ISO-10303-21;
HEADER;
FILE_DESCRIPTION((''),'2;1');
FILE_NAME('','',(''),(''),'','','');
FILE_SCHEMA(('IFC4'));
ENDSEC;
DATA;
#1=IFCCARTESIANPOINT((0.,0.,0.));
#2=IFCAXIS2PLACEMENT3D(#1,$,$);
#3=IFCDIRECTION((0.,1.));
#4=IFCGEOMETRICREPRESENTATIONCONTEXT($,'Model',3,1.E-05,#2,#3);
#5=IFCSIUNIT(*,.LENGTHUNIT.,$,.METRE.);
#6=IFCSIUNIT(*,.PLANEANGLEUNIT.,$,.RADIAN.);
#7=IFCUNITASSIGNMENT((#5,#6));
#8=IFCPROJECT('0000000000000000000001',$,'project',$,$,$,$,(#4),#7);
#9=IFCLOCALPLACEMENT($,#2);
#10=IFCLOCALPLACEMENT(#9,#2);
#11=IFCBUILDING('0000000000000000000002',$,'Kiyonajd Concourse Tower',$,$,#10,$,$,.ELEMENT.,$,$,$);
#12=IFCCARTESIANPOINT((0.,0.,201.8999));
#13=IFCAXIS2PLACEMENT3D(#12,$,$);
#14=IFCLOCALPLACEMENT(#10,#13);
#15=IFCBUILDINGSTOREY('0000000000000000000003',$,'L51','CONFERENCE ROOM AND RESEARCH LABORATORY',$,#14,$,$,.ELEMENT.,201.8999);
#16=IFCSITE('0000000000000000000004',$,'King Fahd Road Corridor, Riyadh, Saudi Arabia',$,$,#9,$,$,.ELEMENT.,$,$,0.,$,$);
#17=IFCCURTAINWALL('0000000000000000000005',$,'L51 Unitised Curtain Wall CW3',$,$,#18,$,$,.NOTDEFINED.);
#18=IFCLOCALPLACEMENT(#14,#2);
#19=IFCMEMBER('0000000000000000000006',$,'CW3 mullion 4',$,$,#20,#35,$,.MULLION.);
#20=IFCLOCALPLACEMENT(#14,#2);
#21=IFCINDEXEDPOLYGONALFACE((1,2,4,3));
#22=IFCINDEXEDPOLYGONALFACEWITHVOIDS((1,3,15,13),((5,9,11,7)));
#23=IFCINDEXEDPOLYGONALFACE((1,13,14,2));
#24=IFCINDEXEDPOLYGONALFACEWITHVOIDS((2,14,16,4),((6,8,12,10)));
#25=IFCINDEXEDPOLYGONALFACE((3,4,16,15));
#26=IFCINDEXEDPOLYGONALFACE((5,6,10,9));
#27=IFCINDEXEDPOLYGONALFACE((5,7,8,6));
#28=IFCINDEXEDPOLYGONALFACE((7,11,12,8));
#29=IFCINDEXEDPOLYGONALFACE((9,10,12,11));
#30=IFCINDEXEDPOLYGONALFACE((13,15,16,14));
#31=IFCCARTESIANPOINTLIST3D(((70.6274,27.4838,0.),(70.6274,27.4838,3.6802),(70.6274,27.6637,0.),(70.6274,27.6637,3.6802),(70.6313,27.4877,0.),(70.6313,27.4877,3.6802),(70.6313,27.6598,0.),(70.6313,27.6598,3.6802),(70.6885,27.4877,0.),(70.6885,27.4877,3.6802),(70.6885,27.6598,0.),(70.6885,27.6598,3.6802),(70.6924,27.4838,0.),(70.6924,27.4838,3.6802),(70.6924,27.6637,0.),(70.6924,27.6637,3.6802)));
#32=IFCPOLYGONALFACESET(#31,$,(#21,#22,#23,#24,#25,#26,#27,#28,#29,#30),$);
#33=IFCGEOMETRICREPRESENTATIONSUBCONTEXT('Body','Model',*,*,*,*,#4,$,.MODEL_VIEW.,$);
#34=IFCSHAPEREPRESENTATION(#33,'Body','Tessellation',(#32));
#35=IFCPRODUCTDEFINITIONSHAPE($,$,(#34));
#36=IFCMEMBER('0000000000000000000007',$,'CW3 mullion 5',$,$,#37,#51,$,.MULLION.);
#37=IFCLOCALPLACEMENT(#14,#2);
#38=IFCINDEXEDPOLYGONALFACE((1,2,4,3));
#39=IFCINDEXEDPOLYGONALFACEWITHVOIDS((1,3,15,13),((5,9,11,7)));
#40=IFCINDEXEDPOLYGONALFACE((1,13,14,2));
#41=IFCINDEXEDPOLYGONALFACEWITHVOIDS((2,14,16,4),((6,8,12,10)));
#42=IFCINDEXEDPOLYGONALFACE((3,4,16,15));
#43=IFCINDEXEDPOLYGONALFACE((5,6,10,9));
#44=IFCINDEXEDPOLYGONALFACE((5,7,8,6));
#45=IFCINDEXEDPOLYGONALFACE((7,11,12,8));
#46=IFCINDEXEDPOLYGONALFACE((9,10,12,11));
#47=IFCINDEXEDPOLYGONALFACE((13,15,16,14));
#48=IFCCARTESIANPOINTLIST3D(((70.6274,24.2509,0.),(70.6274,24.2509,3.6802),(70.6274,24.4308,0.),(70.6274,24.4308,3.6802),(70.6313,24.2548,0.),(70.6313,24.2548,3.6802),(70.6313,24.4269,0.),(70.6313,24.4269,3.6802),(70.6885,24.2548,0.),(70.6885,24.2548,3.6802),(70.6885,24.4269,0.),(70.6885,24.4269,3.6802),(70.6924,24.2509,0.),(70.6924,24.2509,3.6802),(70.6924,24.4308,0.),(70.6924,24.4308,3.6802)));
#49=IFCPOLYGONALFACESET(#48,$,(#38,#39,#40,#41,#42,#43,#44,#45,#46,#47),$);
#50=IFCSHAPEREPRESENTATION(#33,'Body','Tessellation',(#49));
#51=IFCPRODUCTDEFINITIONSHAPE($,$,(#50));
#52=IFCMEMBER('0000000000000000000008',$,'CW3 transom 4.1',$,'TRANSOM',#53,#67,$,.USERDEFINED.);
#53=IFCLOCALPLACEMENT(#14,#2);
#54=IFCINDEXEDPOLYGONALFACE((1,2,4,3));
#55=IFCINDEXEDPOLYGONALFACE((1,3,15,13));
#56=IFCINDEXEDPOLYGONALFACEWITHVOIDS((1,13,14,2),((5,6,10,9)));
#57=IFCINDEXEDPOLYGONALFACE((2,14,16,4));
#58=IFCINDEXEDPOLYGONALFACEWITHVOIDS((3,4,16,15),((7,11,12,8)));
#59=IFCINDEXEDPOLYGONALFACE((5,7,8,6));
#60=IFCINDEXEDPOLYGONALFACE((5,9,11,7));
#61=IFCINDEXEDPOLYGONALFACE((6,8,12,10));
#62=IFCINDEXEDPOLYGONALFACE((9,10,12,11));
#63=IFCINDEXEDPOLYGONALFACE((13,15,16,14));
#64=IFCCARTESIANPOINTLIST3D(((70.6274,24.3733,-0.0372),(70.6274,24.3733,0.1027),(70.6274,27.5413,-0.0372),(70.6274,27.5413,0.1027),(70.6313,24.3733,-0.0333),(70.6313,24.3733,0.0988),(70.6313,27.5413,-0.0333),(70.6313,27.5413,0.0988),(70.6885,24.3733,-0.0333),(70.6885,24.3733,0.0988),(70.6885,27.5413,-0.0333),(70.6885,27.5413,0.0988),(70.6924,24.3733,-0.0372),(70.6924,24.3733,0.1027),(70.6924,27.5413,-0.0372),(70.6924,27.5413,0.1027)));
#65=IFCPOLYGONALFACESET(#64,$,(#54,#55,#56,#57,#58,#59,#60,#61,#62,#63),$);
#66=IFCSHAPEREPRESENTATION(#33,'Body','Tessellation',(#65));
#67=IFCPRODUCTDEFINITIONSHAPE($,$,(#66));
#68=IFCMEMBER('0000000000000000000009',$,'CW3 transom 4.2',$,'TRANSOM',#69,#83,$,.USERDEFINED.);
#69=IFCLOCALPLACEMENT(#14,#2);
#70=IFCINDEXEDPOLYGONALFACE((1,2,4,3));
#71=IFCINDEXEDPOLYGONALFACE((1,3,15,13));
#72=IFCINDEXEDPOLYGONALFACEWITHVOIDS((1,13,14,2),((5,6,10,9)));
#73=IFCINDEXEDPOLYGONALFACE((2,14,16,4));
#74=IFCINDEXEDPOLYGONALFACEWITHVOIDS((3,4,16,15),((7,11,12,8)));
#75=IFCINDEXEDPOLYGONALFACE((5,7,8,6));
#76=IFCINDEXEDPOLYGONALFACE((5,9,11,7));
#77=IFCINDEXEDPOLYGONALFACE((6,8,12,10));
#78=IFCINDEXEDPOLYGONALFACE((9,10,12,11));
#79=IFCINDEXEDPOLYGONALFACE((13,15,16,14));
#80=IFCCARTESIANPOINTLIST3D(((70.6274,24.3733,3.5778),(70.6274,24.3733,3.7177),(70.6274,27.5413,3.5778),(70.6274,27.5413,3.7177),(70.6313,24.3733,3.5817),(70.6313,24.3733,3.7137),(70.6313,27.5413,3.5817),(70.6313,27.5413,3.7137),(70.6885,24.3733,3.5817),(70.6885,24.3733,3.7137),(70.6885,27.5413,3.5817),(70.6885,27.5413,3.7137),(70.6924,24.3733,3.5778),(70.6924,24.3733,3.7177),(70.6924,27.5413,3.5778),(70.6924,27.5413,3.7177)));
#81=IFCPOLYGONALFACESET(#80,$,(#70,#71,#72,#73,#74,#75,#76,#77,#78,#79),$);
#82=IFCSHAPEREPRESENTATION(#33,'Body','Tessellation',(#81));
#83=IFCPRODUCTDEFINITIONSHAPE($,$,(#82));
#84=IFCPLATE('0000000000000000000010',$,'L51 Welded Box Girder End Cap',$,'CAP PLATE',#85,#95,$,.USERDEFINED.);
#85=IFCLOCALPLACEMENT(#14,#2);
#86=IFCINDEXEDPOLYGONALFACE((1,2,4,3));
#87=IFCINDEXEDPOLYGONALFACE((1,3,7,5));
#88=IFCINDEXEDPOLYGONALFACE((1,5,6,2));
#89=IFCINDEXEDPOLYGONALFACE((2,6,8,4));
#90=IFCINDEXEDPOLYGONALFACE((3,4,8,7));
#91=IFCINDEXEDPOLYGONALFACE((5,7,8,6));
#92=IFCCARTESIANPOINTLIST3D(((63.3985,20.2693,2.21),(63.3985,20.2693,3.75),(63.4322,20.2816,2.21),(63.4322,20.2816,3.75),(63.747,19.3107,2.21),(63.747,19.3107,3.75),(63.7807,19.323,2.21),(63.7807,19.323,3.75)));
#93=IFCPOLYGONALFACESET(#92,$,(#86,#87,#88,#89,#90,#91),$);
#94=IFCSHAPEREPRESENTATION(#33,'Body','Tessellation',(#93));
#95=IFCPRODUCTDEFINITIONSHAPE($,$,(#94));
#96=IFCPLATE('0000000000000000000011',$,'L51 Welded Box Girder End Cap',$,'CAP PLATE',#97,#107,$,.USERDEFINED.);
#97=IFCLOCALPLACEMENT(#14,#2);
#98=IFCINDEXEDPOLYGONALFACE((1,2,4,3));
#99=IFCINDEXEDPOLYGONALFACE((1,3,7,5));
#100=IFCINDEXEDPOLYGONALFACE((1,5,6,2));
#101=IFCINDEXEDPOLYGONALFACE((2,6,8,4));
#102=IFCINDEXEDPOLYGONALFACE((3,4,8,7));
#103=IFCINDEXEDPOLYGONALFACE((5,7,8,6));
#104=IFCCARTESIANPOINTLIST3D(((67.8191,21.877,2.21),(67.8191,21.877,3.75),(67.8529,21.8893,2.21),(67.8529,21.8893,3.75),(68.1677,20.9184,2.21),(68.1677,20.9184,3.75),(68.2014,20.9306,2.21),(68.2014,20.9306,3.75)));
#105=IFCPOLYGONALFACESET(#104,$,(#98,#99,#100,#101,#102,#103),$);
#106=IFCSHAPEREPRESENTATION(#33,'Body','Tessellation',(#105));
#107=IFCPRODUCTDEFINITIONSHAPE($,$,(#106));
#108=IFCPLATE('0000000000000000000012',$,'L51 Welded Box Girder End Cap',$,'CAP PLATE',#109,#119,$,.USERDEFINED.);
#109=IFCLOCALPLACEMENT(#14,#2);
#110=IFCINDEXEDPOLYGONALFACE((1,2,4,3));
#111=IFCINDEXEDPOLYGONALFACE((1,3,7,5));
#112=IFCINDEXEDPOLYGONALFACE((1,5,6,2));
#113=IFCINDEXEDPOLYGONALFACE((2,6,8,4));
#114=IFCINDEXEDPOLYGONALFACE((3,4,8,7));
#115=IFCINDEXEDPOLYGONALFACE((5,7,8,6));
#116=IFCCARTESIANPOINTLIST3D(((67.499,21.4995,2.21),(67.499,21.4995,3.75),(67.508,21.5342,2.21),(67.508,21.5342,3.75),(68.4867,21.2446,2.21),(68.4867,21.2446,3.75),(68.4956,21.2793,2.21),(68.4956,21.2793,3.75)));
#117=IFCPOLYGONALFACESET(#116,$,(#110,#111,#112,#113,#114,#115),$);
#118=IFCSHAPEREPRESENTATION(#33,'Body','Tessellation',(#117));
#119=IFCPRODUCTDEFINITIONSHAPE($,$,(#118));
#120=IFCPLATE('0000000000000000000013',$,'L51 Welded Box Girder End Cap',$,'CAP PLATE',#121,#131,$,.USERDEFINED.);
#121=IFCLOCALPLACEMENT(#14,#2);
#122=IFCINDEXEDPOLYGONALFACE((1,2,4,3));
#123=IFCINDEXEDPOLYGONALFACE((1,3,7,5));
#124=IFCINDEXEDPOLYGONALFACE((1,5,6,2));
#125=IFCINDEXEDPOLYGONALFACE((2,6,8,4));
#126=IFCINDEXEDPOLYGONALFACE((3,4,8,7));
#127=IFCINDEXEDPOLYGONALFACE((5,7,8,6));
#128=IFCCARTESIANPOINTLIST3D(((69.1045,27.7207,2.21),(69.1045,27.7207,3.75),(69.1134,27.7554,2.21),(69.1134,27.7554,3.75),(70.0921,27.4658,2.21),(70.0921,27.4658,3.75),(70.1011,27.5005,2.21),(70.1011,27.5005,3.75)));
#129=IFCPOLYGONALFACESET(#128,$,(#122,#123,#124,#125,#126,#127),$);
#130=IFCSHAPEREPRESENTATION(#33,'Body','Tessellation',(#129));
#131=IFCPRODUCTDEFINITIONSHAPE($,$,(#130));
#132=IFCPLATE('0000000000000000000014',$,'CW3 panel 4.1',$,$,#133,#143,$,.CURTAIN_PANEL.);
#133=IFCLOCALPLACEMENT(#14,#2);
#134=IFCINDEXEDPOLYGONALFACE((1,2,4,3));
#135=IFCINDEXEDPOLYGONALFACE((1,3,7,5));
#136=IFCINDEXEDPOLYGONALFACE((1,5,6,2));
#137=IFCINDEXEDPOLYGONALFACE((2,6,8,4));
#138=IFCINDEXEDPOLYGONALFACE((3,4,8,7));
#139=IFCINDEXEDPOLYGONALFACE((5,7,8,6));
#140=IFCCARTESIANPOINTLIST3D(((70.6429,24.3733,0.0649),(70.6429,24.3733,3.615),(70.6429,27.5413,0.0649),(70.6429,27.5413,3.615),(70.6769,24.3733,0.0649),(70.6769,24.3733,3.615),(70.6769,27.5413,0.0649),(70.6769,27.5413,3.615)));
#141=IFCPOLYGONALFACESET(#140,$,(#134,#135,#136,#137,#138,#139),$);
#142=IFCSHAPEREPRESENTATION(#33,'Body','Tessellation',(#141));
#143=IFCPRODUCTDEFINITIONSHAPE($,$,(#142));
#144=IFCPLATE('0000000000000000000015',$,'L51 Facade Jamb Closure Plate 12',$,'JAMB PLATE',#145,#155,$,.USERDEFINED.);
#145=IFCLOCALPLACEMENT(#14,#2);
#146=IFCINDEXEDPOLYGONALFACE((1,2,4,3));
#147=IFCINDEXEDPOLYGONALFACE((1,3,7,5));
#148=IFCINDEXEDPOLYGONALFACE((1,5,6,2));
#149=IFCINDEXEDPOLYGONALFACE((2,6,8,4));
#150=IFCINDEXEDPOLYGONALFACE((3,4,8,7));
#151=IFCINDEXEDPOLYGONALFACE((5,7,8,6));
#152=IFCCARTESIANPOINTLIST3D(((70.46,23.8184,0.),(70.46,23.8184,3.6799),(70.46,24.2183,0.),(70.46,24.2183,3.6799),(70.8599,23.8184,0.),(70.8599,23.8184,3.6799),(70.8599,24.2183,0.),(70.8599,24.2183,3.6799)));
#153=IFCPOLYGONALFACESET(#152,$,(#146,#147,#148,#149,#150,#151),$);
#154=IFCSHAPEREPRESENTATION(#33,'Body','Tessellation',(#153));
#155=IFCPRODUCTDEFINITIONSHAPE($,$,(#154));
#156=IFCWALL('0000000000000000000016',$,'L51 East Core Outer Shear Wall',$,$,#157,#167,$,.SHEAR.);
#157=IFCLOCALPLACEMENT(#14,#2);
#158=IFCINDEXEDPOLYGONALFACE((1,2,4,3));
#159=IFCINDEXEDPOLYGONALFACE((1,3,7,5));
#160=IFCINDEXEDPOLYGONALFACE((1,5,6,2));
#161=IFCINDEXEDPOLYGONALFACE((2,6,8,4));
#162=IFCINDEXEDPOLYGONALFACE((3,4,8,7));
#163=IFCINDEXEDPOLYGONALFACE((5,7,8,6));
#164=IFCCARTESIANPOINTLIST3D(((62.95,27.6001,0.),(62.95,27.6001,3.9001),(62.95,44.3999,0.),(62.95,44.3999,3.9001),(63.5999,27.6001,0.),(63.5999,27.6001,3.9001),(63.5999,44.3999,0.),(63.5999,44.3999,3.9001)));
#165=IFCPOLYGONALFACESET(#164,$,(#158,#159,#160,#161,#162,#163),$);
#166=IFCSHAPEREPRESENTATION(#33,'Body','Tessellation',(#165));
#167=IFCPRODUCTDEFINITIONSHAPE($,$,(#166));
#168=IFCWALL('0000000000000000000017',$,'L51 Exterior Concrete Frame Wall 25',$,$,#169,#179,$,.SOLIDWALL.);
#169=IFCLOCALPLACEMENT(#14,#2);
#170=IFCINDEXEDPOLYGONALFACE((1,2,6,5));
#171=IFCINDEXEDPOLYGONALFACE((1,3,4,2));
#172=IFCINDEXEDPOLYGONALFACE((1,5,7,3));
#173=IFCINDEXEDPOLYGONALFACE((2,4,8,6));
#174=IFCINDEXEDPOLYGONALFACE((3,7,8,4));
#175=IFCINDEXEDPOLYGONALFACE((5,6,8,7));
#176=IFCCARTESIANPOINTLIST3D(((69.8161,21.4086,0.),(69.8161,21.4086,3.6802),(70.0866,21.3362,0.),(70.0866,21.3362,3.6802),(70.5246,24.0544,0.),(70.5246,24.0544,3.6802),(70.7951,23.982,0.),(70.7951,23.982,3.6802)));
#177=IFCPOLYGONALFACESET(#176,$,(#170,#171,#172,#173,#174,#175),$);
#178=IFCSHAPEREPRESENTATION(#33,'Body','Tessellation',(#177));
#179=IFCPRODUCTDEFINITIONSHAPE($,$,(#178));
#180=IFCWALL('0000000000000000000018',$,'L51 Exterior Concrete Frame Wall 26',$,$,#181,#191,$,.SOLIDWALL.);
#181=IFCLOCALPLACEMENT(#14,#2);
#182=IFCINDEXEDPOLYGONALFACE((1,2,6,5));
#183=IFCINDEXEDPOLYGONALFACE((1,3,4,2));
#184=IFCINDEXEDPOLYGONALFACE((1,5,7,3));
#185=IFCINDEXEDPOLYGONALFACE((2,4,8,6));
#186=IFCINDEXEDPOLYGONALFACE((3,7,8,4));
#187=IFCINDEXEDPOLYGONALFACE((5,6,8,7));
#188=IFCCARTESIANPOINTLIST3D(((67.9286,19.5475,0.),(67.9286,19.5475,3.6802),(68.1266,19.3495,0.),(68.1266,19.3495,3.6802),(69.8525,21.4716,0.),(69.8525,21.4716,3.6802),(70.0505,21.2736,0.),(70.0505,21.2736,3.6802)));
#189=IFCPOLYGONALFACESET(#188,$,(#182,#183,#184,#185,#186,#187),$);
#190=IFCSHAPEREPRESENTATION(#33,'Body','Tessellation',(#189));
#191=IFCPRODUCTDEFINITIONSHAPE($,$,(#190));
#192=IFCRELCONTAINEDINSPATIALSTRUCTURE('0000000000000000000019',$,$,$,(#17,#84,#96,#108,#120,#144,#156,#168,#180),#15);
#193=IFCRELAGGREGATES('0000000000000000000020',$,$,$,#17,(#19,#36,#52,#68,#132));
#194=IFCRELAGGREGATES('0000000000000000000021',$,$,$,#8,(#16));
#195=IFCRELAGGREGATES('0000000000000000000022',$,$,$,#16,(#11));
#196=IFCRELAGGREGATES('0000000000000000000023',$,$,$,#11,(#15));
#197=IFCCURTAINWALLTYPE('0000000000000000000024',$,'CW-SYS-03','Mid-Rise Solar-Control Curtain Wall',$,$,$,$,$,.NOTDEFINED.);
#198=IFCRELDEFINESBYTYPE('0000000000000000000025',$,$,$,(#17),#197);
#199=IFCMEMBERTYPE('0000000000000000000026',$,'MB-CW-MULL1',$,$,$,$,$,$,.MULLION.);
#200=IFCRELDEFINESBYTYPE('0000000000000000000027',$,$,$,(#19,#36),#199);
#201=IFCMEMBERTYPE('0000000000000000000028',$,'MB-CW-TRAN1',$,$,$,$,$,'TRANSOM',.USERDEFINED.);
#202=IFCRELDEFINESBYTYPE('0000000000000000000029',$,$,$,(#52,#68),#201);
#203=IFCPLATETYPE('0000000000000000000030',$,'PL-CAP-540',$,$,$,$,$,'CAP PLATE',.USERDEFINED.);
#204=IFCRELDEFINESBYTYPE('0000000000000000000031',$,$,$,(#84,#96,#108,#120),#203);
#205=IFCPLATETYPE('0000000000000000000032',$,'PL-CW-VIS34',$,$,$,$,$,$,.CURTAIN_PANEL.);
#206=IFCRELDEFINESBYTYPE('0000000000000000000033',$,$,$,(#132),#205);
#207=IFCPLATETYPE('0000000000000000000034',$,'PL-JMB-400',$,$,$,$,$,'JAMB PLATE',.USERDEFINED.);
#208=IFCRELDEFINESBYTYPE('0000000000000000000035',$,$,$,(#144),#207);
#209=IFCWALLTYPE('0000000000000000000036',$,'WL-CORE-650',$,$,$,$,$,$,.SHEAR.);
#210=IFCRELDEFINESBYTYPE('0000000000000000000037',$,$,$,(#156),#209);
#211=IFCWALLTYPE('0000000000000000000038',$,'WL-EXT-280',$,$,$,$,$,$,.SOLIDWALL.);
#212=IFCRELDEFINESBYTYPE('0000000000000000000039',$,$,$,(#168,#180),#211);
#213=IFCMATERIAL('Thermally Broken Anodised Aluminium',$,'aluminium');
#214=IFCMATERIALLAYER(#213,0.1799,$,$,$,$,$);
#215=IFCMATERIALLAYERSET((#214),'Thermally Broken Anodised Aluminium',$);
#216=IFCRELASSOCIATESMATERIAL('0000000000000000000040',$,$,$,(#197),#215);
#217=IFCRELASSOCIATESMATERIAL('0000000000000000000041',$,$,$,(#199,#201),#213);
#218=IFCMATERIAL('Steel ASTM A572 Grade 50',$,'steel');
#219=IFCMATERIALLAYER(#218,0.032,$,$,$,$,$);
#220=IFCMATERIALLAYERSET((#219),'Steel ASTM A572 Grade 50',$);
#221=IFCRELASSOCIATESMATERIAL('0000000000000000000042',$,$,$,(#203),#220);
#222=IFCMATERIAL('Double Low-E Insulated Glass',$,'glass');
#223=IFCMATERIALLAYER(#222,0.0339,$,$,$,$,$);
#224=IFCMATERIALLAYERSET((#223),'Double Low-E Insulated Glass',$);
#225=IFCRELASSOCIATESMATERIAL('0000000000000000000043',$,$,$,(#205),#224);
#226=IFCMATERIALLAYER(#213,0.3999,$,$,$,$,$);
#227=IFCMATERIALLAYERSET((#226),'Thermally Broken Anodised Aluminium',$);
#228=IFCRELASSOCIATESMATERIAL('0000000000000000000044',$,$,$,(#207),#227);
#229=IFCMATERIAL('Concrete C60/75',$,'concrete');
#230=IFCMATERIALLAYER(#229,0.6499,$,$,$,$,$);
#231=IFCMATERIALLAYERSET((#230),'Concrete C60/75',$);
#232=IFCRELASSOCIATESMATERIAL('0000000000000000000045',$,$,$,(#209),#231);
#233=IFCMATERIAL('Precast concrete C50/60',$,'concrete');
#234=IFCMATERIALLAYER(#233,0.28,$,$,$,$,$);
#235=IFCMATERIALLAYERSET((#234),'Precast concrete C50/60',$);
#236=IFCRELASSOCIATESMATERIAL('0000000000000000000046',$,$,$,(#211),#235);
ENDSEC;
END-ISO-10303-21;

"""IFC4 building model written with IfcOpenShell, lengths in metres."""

from ifc_helpers import new_model, si_unit, direction, frame, frame_2d, origin, origin_2d, place, context, subcontext, project, spatial, rectangle, hollow_rectangle, extrude, material, layer, layer_set, material_profile, profile_set, type_object, element, aggregate, save


model = new_model("IFC4")

# Units and contexts
model_context = context("Model", 3, precision=1e-05, world=origin(), true_north=direction((0.0, 1.0)))
body_context = subcontext(model_context, "Body", "Model", "MODEL_VIEW")
ifc_project = project(units=[si_unit("LENGTHUNIT", "METRE"), si_unit("PLANEANGLEUNIT", "RADIAN")], contexts=[model_context])

# Site, building, storey
site_placement = place(None, origin())
site = spatial("IfcSite", under=ifc_project, at=site_placement, Name="King Fahd Road Corridor, Riyadh, Saudi Arabia", CompositionType="ELEMENT", RefElevation=0.0)
building_placement = place(site_placement, origin())
building = spatial("IfcBuilding", under=site, at=building_placement, Name="Kiyonajd Concourse Tower", CompositionType="ELEMENT")
storey_placement = place(building_placement, frame((0.0, 0.0, 201.8999)))
storey = spatial("IfcBuildingStorey", under=building, at=storey_placement, Name="L51", Description="CONFERENCE ROOM AND RESEARCH LABORATORY", CompositionType="ELEMENT", Elevation=201.8999)

# Shared definitions
ifc_material_1 = material(Name="Concrete C60/75", Category="concrete")

# Shared definitions
ifc_material_2 = material(Name="Steel ASTM A572 Grade 50", Category="steel")

# Curtain wall, members
ifc_material_3 = material(Name="Thermally Broken Anodised Aluminium", Category="aluminium")
ifc_layer_1 = layer(ifc_material_3, 0.1799)
ifc_layer_set_1 = layer_set([ifc_layer_1], Name="Thermally Broken Anodised Aluminium")
curtain_wall_type = type_object("IfcCurtainWallType", Name="CW-SYS-03", Description="Mid-Rise Solar-Control Curtain Wall", PredefinedType="NOTDEFINED", material=ifc_layer_set_1)
curtain_wall_placement = place(storey_placement, origin())
curtain_wall = element("IfcCurtainWall", 1, at=curtain_wall_placement, inside=storey, type_object=curtain_wall_type, Name="L51 Unitised Curtain Wall CW3", PredefinedType="NOTDEFINED")
ifc_material_profile_1 = material_profile(ifc_material_3, hollow_rectangle(XDim=0.0649, YDim=0.1799, WallThickness=0.0039, at=origin_2d()), Name="MULL-65x180")
ifc_profile_set_1 = profile_set([ifc_material_profile_1], Name="Thermally Broken Anodised Aluminium")
member_type_1 = type_object("IfcMemberType", Name="MB-CW-MULL1", PredefinedType="MULLION", material=ifc_profile_set_1)
member_1_placement = place(storey_placement, frame((70.6599, 27.5737, 0.0), z_axis=(0.0, 0.0, 1.0), x_axis=(1.0, 0.0, 0.0)))
member_1 = element("IfcMember", 2, at=member_1_placement, type_object=member_type_1, Name="CW3 mullion 4", PredefinedType="MULLION", context=body_context, shape_type="SweptSolid", body=[
    extrude(hollow_rectangle(XDim=0.0649, YDim=0.1799, WallThickness=0.0039, at=origin_2d()), origin(), (0.0, 0.0, 1.0), 3.6802),
])
member_2_placement = place(storey_placement, frame((70.6599, 24.3408, 0.0), z_axis=(0.0, 0.0, 1.0), x_axis=(1.0, 0.0, 0.0)))
member_2 = element("IfcMember", 3, at=member_2_placement, type_object=member_type_1, Name="CW3 mullion 5", PredefinedType="MULLION", context=body_context, shape_type="SweptSolid", body=[
    extrude(hollow_rectangle(XDim=0.0649, YDim=0.1799, WallThickness=0.0039, at=origin_2d()), origin(), (0.0, 0.0, 1.0), 3.6802),
])
ifc_material_profile_2 = material_profile(ifc_material_3, hollow_rectangle(XDim=0.0649, YDim=0.1399, WallThickness=0.0039, at=origin_2d()), Name="TRAN-65x140")
ifc_profile_set_2 = profile_set([ifc_material_profile_2], Name="Thermally Broken Anodised Aluminium")
member_type_2 = type_object("IfcMemberType", Name="MB-CW-TRAN1", ElementType="TRANSOM", PredefinedType="USERDEFINED", material=ifc_profile_set_2)
member_3_placement = place(storey_placement, frame((70.6599, 27.5413, 0.0327), z_axis=(0.0, -1.0, 0.0), x_axis=(1.0, 0.0, 0.0)))
member_3 = element("IfcMember", 4, at=member_3_placement, type_object=member_type_2, Name="CW3 transom 4.1", ObjectType="TRANSOM", PredefinedType="USERDEFINED", context=body_context, shape_type="SweptSolid", body=[
    extrude(hollow_rectangle(XDim=0.0649, YDim=0.1399, WallThickness=0.0039, at=origin_2d()), origin(), (0.0, 0.0, 1.0), 3.168),
])
member_4_placement = place(storey_placement, frame((70.6599, 27.5413, 3.6477), z_axis=(0.0, -1.0, 0.0), x_axis=(1.0, 0.0, 0.0)))
member_4 = element("IfcMember", 5, at=member_4_placement, type_object=member_type_2, Name="CW3 transom 4.2", ObjectType="TRANSOM", PredefinedType="USERDEFINED", context=body_context, shape_type="SweptSolid", body=[
    extrude(hollow_rectangle(XDim=0.0649, YDim=0.1399, WallThickness=0.0039, at=origin_2d()), origin(), (0.0, 0.0, 1.0), 3.168),
])

# Plates
ifc_layer_2 = layer(ifc_material_2, 0.032)
ifc_layer_set_2 = layer_set([ifc_layer_2], Name="Steel ASTM A572 Grade 50")
plate_type_1 = type_object("IfcPlateType", Name="PL-CAP-540", ElementType="CAP PLATE", PredefinedType="USERDEFINED", material=ifc_layer_set_2)
for number, where, z_axis, x_axis, name in (
    (6, (63.5896, 19.7961, 2.21), (0.0, 0.0, 1.0), (-0.939812, -0.341692, 0.0), "L51 Welded Box Girder End Cap"),
    (7, (68.0103, 21.4038, 2.21), (0.0, 0.0, 1.0), (0.939812, 0.341692, 0.0), "L51 Welded Box Girder End Cap"),
    (8, (67.9973, 21.3894, 2.21), (0.0, 0.0, 1.0), (-0.249873, -0.968279, 0.0), "L51 Welded Box Girder End Cap"),
    (9, (69.6028, 27.6106, 2.21), (0.0, 0.0, 1.0), (0.249873, 0.968279, 0.0), "L51 Welded Box Girder End Cap"),
):
    element("IfcPlate", number, at=place(storey_placement, frame(where, z_axis=z_axis, x_axis=x_axis)), inside=storey, type_object=plate_type_1, Name=name, ObjectType="CAP PLATE", PredefinedType="USERDEFINED", context=body_context, shape_type="SweptSolid", body=[
        extrude(rectangle(XDim=0.0359, YDim=1.02, at=origin_2d()), origin(), (0.0, 0.0, 1.0), 1.54),
    ])

# Plates
ifc_material_4 = material(Name="Double Low-E Insulated Glass", Category="glass")
ifc_layer_3 = layer(ifc_material_4, 0.0339)
ifc_layer_set_3 = layer_set([ifc_layer_3], Name="Double Low-E Insulated Glass")
plate_type_2 = type_object("IfcPlateType", Name="PL-CW-VIS34", PredefinedType="CURTAIN_PANEL", material=ifc_layer_set_3)
plate_1_placement = place(storey_placement, frame((70.6599, 25.9573, 0.0649), z_axis=(0.0, 0.0, 1.0), x_axis=(0.0, -1.0, 0.0)))
plate_1 = element("IfcPlate", 10, at=plate_1_placement, type_object=plate_type_2, Name="CW3 panel 4.1", PredefinedType="CURTAIN_PANEL", context=body_context, shape_type="SweptSolid", body=[
    extrude(rectangle(XDim=3.168, YDim=0.0339, at=origin_2d()), origin(), (0.0, 0.0, 1.0), 3.55),
])
aggregate(curtain_wall, [member_1, member_2, member_3, member_4, plate_1])
ifc_layer_4 = layer(ifc_material_3, 0.3999)
ifc_layer_set_4 = layer_set([ifc_layer_4], Name="Thermally Broken Anodised Aluminium")
plate_type_3 = type_object("IfcPlateType", Name="PL-JMB-400", ElementType="JAMB PLATE", PredefinedType="USERDEFINED", material=ifc_layer_set_4)
plate_2_placement = place(storey_placement, frame((70.6599, 24.0183, 0.0), z_axis=(0.0, 0.0, 1.0), x_axis=(1.0, 0.0, 0.0)))
element("IfcPlate", 11, at=plate_2_placement, inside=storey, type_object=plate_type_3, Name="L51 Facade Jamb Closure Plate 12", ObjectType="JAMB PLATE", PredefinedType="USERDEFINED", context=body_context, shape_type="SweptSolid", body=[
    extrude(rectangle(XDim=0.3999, YDim=0.3999, at=origin_2d()), origin(), (0.0, 0.0, 1.0), 3.6799),
])

# Walls
ifc_layer_5 = layer(ifc_material_1, 0.6499)
ifc_layer_set_5 = layer_set([ifc_layer_5], Name="Concrete C60/75")
wall_type_1 = type_object("IfcWallType", Name="WL-CORE-650", PredefinedType="SHEAR", material=ifc_layer_set_5)
wall_1_placement = place(storey_placement, frame((63.2749, 27.6001, 0.0), z_axis=(0.0, 0.0, 1.0), x_axis=(0.0, 1.0, 0.0)))
element("IfcWall", 12, at=wall_1_placement, inside=storey, type_object=wall_type_1, Name="L51 East Core Outer Shear Wall", PredefinedType="SHEAR", context=body_context, shape_type="SweptSolid", body=[
    extrude(rectangle(XDim=16.7998, YDim=0.6499, at=frame_2d((8.3999, 0.0))), origin(), (0.0, 0.0, 1.0), 3.9001),
])
ifc_material_5 = material(Name="Precast concrete C50/60", Category="concrete")
ifc_layer_6 = layer(ifc_material_5, 0.28)
ifc_layer_set_6 = layer_set([ifc_layer_6], Name="Precast concrete C50/60")
wall_type_2 = type_object("IfcWallType", Name="WL-EXT-280", PredefinedType="SOLIDWALL", material=ifc_layer_set_6)
wall_2_placement = place(storey_placement, frame((70.6599, 24.0183, 0.0), z_axis=(0.0, 0.0, 1.0), x_axis=(-0.258672, -0.965965, 0.0)))
element("IfcWall", 13, at=wall_2_placement, inside=storey, type_object=wall_type_2, Name="L51 Exterior Concrete Frame Wall 25", PredefinedType="SOLIDWALL", context=body_context, shape_type="SweptSolid", body=[
    extrude(rectangle(XDim=2.739, YDim=0.28, at=frame_2d((1.3696, 0.0))), origin(), (0.0, 0.0, 1.0), 3.6802),
])
wall_3_placement = place(storey_placement, frame((69.9514, 21.3726, 0.0), z_axis=(0.0, 0.0, 1.0), x_axis=(-0.707062, -0.707152, 0.0)))
element("IfcWall", 14, at=wall_3_placement, inside=storey, type_object=wall_type_2, Name="L51 Exterior Concrete Frame Wall 26", PredefinedType="SOLIDWALL", context=body_context, shape_type="SweptSolid", body=[
    extrude(rectangle(XDim=2.7209, YDim=0.28, at=frame_2d((1.3604, 0.0))), origin(), (0.0, 0.0, 1.0), 3.6802),
])

save(model, "model.ifc")
